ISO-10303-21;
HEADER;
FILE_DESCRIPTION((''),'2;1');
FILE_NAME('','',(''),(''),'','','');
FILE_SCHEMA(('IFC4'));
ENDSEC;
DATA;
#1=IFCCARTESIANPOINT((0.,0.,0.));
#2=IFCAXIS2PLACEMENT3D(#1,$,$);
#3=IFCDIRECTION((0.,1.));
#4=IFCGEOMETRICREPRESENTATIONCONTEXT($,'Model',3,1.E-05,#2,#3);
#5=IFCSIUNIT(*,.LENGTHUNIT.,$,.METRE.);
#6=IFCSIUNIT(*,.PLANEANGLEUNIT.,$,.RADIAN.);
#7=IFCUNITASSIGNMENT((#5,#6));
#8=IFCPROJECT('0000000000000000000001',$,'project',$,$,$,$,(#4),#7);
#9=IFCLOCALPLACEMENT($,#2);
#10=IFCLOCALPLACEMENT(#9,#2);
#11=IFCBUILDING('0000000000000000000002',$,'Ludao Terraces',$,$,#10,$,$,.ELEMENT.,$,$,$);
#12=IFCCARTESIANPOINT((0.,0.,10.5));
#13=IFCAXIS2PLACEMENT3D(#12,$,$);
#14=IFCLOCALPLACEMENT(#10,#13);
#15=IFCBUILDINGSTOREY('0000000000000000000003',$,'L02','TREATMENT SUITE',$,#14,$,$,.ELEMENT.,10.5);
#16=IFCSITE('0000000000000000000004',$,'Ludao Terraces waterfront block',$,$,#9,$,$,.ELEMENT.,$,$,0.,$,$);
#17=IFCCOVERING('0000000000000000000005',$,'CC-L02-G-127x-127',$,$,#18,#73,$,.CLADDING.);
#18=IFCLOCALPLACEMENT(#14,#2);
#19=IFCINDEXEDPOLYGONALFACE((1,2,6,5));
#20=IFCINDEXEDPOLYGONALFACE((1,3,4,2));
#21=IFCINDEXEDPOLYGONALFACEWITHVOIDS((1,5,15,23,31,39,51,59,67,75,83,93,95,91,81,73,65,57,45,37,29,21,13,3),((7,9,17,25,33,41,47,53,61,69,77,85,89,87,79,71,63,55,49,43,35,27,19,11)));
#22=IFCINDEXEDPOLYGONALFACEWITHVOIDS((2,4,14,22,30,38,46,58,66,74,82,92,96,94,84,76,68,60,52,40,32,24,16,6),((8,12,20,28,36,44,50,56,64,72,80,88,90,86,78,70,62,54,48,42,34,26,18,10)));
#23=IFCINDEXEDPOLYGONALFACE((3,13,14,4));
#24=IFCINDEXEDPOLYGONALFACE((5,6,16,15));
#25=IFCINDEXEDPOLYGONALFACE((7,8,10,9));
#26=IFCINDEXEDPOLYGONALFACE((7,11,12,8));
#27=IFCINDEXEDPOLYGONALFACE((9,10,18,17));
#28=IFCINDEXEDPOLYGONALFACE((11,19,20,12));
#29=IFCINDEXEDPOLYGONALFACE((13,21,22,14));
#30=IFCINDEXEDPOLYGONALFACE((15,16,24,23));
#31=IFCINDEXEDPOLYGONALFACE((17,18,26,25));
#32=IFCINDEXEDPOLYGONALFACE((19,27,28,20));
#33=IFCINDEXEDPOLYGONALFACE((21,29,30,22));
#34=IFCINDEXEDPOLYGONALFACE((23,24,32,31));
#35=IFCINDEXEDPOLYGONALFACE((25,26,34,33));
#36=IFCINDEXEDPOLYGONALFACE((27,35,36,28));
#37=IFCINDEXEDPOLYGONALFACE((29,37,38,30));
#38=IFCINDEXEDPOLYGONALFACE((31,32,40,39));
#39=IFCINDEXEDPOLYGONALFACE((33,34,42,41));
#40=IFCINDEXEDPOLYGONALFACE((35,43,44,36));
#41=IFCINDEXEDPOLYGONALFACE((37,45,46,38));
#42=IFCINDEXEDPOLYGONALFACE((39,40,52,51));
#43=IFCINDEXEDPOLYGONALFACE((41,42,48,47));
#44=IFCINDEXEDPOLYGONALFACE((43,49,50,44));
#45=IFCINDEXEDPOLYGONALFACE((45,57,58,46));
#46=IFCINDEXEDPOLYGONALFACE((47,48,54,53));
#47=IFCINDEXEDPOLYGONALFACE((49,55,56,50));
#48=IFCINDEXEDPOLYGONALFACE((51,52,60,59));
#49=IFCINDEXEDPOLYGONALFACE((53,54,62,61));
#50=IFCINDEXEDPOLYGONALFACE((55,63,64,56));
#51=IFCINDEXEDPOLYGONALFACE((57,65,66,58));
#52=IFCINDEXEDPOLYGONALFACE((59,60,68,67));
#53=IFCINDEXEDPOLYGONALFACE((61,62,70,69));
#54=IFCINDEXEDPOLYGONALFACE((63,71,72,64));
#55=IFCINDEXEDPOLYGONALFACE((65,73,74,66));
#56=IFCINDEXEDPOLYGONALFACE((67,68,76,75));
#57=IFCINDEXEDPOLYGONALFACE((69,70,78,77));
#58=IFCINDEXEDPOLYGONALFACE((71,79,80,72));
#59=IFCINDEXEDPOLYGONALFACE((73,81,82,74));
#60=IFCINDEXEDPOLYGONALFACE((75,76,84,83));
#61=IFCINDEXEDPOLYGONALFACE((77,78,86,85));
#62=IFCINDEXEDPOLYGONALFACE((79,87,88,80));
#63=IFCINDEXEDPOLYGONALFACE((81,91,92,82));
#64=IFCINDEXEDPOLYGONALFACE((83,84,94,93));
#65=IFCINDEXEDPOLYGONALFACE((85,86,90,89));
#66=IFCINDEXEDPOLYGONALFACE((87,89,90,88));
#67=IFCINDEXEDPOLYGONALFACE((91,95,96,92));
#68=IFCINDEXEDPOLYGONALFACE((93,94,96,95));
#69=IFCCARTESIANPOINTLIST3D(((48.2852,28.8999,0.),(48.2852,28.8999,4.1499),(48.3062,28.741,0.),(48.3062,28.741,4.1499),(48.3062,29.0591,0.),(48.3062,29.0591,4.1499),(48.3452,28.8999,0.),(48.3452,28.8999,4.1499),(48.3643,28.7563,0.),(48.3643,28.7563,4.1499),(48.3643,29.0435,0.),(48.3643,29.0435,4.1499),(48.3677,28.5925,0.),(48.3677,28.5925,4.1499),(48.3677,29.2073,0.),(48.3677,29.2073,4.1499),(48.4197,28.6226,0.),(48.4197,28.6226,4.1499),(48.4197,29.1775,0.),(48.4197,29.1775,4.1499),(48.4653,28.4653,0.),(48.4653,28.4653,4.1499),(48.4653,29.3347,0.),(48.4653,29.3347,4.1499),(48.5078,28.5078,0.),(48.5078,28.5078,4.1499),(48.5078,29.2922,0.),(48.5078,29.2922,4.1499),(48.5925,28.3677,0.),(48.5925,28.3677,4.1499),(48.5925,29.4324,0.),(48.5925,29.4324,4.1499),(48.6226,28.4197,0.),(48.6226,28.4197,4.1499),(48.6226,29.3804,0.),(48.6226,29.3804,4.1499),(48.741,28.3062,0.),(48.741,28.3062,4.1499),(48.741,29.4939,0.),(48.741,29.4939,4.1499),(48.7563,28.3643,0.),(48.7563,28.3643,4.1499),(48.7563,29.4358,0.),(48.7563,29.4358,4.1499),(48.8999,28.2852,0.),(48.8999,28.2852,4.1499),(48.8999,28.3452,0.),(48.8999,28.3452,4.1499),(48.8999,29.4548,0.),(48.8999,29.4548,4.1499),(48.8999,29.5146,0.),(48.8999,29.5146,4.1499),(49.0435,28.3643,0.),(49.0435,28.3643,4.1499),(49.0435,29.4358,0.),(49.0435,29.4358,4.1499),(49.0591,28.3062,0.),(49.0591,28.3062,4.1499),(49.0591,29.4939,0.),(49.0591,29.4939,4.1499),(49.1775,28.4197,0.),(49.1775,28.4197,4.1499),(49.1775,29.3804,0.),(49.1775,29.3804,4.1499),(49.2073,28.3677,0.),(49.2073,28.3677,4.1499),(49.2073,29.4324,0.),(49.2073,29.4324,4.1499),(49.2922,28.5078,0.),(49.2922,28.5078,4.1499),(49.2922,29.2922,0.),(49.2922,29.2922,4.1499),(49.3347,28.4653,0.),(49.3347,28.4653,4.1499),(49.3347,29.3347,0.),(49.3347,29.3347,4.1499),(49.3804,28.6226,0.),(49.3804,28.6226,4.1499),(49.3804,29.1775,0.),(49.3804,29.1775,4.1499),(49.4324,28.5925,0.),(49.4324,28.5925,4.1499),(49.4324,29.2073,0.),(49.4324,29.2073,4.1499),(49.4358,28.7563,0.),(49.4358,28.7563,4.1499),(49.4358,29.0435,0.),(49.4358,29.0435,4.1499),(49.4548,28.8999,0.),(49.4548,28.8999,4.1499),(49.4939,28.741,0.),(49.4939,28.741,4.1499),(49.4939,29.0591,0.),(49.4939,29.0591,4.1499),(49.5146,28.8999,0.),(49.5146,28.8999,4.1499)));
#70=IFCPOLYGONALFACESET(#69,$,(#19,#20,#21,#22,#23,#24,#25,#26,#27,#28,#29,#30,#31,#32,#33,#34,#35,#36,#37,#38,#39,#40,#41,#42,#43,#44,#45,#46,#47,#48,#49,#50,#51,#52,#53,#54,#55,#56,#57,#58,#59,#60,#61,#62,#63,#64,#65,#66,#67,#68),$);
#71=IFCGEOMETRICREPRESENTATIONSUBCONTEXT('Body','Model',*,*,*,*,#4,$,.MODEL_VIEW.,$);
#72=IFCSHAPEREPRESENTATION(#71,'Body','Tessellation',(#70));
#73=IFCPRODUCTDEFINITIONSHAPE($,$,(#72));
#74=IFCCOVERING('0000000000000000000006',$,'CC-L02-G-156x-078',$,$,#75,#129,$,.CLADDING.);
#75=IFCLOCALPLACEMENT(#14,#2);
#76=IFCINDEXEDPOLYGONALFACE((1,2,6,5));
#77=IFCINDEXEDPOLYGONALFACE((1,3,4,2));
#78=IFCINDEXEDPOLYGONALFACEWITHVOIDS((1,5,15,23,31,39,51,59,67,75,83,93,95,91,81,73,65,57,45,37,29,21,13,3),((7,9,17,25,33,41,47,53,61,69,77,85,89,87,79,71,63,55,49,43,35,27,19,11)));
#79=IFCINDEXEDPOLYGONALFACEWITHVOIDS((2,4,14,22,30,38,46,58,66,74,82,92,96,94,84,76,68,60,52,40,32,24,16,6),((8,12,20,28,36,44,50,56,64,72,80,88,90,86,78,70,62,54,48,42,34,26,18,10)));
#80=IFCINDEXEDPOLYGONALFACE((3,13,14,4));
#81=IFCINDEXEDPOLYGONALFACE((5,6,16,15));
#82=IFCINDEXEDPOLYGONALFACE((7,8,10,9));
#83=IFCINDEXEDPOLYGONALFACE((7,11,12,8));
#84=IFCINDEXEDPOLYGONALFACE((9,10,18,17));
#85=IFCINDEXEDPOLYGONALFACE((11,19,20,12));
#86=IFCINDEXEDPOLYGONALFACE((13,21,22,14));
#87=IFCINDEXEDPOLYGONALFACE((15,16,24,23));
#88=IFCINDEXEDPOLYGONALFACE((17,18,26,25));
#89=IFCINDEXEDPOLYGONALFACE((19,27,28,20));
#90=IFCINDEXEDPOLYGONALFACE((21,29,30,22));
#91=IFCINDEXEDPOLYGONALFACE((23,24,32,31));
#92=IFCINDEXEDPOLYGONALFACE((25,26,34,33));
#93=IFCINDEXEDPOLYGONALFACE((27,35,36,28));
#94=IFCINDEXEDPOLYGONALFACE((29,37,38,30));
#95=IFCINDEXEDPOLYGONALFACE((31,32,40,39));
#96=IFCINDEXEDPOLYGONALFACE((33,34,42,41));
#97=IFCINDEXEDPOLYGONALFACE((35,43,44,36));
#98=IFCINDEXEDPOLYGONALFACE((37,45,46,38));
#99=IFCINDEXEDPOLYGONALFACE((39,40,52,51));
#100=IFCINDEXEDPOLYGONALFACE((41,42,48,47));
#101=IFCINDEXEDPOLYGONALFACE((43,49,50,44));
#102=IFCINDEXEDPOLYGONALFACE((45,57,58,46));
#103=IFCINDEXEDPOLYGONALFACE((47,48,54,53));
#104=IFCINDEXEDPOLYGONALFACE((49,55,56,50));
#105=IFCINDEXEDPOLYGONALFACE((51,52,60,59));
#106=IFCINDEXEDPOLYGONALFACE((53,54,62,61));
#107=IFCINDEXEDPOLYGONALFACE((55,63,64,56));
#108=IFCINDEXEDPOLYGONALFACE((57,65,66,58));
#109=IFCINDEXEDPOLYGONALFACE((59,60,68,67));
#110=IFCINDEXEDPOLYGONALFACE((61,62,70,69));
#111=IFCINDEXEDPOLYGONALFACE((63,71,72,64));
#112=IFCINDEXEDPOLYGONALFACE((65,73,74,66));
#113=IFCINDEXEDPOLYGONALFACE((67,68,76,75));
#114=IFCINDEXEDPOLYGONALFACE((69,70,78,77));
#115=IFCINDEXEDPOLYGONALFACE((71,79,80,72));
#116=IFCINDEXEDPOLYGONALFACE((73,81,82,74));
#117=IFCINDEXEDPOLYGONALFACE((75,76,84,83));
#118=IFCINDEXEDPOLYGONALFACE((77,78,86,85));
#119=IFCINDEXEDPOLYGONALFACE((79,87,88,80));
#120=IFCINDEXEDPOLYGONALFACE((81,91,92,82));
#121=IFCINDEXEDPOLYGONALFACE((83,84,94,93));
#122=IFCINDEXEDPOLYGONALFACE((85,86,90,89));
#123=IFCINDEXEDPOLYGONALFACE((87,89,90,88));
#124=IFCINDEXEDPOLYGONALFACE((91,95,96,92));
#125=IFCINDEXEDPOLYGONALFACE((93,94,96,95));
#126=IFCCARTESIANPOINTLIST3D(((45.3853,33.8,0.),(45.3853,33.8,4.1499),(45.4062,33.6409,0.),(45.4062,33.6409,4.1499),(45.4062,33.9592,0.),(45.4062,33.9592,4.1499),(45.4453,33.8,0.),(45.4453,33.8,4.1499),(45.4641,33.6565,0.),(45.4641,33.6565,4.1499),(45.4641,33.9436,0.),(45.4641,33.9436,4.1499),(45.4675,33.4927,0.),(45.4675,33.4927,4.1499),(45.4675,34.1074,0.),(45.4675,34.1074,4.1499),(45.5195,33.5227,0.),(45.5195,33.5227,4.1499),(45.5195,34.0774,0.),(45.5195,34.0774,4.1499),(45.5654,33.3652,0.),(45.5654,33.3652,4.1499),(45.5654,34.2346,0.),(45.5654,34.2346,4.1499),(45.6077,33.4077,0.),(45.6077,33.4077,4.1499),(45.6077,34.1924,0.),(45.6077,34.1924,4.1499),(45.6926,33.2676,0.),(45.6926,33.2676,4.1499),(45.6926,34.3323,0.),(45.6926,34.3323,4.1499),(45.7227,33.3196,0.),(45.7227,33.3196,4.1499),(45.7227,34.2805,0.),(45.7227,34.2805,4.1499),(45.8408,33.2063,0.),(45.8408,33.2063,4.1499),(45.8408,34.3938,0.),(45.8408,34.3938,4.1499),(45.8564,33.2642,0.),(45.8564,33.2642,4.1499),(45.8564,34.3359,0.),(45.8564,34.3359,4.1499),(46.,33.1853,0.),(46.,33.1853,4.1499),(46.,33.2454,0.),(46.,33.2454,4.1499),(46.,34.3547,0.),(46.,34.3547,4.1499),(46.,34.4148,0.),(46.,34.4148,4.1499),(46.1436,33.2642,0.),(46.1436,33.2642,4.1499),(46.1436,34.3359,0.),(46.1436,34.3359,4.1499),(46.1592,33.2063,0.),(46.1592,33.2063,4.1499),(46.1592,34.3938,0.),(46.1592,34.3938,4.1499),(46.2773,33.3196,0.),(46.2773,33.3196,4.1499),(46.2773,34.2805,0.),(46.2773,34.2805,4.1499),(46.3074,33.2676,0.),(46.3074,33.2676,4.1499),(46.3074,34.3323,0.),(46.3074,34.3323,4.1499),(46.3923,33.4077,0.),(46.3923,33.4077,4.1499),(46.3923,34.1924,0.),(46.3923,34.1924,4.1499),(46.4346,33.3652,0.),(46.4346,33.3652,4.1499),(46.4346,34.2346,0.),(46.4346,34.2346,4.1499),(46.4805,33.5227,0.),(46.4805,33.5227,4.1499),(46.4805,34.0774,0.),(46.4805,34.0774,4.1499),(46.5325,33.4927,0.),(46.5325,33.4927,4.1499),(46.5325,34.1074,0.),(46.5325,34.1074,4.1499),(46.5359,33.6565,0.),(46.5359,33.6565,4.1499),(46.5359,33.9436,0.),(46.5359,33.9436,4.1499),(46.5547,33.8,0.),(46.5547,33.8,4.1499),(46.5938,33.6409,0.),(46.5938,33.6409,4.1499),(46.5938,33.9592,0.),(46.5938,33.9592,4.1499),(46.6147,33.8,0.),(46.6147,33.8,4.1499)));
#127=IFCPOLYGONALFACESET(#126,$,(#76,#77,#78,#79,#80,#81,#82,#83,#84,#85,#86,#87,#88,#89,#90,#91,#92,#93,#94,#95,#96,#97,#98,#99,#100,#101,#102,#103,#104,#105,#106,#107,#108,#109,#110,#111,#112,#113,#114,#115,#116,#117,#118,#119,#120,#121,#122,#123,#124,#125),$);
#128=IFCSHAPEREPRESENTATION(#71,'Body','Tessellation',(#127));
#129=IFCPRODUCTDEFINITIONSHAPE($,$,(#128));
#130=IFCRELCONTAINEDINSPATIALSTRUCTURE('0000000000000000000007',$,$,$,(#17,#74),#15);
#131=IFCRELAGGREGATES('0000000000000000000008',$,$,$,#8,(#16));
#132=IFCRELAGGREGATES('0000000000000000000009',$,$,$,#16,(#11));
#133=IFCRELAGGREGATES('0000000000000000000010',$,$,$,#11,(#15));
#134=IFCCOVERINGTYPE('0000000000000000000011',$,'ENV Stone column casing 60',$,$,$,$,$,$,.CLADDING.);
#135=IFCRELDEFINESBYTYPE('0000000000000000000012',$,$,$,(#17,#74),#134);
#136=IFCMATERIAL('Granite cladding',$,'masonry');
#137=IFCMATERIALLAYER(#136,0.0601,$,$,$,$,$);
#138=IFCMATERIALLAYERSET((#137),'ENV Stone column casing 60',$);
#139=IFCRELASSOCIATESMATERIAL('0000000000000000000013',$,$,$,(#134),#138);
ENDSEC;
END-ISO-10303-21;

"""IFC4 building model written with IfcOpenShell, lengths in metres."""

from ifc_helpers import new_model, si_unit, direction, frame, origin, place, context, subcontext, project, spatial, polyline, outline, extrude, material, layer, layer_set, type_object, element, save


model = new_model("IFC4")

# Units and contexts
model_context = context("Model", 3, precision=1e-05, world=origin(), true_north=direction((0.0, 1.0)))
body_context = subcontext(model_context, "Body", "Model", "MODEL_VIEW")
ifc_project = project(units=[si_unit("LENGTHUNIT", "METRE"), si_unit("PLANEANGLEUNIT", "RADIAN")], contexts=[model_context])

# Site, building, storey
site_placement = place(None, origin())
site = spatial("IfcSite", under=ifc_project, at=site_placement, Name="Ludao Terraces waterfront block", CompositionType="ELEMENT", RefElevation=0.0)
building_placement = place(site_placement, origin())
building = spatial("IfcBuilding", under=site, at=building_placement, Name="Ludao Terraces", CompositionType="ELEMENT")
storey_placement = place(building_placement, frame((0.0, 0.0, 10.5)))
storey = spatial("IfcBuildingStorey", under=building, at=storey_placement, Name="L02", Description="TREATMENT SUITE", CompositionType="ELEMENT", Elevation=10.5)

# Coverings
ifc_material_1 = material(Name="Granite cladding", Category="masonry")
ifc_layer_1 = layer(ifc_material_1, 0.0601)
ifc_layer_set_1 = layer_set([ifc_layer_1], Name="ENV Stone column casing 60")
covering_type = type_object("IfcCoveringType", Name="ENV Stone column casing 60", PredefinedType="CLADDING", material=ifc_layer_set_1)
covering_1_placement = place(storey_placement, origin())
element("IfcCovering", 1, at=covering_1_placement, inside=storey, type_object=covering_type, Name="CC-L02-G-127x-127", PredefinedType="CLADDING", context=body_context, shape_type="SweptSolid", body=[
    extrude(outline(polyline([(49.5146, 28.8999), (49.4939, 29.0591), (49.4324, 29.2073), (49.3347, 29.3347), (49.2073, 29.4324), (49.0591, 29.4939), (48.8999, 29.5146), (48.741, 29.4939), (48.5925, 29.4324), (48.4653, 29.3347), (48.3677, 29.2073), (48.3062, 29.0591), (48.2852, 28.8999), (48.3062, 28.741), (48.3677, 28.5925), (48.4653, 28.4653), (48.5925, 28.3677), (48.741, 28.3062), (48.8999, 28.2852), (49.0591, 28.3062), (49.2073, 28.3677), (49.3347, 28.4653), (49.4324, 28.5925), (49.4939, 28.741), (49.5146, 28.8999)]), holes=[polyline([(49.4358, 28.7563), (49.3804, 28.6226), (49.2922, 28.5078), (49.1775, 28.4197), (49.0435, 28.3643), (48.8999, 28.3452), (48.7563, 28.3643), (48.6226, 28.4197), (48.5078, 28.5078), (48.4197, 28.6226), (48.3643, 28.7563), (48.3452, 28.8999), (48.3643, 29.0435), (48.4197, 29.1775), (48.5078, 29.2922), (48.6226, 29.3804), (48.7563, 29.4358), (48.8999, 29.4548), (49.0435, 29.4358), (49.1775, 29.3804), (49.2922, 29.2922), (49.3804, 29.1775), (49.4358, 29.0435), (49.4548, 28.8999), (49.4358, 28.7563)])]), origin(), (0.0, 0.0, 1.0), 4.1499),
])
covering_2_placement = place(storey_placement, origin())
element("IfcCovering", 2, at=covering_2_placement, inside=storey, type_object=covering_type, Name="CC-L02-G-156x-078", PredefinedType="CLADDING", context=body_context, shape_type="SweptSolid", body=[
    extrude(outline(polyline([(46.6147, 33.8), (46.5938, 33.9592), (46.5325, 34.1074), (46.4346, 34.2346), (46.3074, 34.3323), (46.1592, 34.3938), (46.0, 34.4148), (45.8408, 34.3938), (45.6926, 34.3323), (45.5654, 34.2346), (45.4675, 34.1074), (45.4062, 33.9592), (45.3853, 33.8), (45.4062, 33.6409), (45.4675, 33.4927), (45.5654, 33.3652), (45.6926, 33.2676), (45.8408, 33.2063), (46.0, 33.1853), (46.1592, 33.2063), (46.3074, 33.2676), (46.4346, 33.3652), (46.5325, 33.4927), (46.5938, 33.6409), (46.6147, 33.8)]), holes=[polyline([(46.5359, 33.6565), (46.4805, 33.5227), (46.3923, 33.4077), (46.2773, 33.3196), (46.1436, 33.2642), (46.0, 33.2454), (45.8564, 33.2642), (45.7227, 33.3196), (45.6077, 33.4077), (45.5195, 33.5227), (45.4641, 33.6565), (45.4453, 33.8), (45.4641, 33.9436), (45.5195, 34.0774), (45.6077, 34.1924), (45.7227, 34.2805), (45.8564, 34.3359), (46.0, 34.3547), (46.1436, 34.3359), (46.2773, 34.2805), (46.3923, 34.1924), (46.4805, 34.0774), (46.5359, 33.9436), (46.5547, 33.8), (46.5359, 33.6565)])]), origin(), (0.0, 0.0, 1.0), 4.1499),
])

save(model, "model.ifc")
